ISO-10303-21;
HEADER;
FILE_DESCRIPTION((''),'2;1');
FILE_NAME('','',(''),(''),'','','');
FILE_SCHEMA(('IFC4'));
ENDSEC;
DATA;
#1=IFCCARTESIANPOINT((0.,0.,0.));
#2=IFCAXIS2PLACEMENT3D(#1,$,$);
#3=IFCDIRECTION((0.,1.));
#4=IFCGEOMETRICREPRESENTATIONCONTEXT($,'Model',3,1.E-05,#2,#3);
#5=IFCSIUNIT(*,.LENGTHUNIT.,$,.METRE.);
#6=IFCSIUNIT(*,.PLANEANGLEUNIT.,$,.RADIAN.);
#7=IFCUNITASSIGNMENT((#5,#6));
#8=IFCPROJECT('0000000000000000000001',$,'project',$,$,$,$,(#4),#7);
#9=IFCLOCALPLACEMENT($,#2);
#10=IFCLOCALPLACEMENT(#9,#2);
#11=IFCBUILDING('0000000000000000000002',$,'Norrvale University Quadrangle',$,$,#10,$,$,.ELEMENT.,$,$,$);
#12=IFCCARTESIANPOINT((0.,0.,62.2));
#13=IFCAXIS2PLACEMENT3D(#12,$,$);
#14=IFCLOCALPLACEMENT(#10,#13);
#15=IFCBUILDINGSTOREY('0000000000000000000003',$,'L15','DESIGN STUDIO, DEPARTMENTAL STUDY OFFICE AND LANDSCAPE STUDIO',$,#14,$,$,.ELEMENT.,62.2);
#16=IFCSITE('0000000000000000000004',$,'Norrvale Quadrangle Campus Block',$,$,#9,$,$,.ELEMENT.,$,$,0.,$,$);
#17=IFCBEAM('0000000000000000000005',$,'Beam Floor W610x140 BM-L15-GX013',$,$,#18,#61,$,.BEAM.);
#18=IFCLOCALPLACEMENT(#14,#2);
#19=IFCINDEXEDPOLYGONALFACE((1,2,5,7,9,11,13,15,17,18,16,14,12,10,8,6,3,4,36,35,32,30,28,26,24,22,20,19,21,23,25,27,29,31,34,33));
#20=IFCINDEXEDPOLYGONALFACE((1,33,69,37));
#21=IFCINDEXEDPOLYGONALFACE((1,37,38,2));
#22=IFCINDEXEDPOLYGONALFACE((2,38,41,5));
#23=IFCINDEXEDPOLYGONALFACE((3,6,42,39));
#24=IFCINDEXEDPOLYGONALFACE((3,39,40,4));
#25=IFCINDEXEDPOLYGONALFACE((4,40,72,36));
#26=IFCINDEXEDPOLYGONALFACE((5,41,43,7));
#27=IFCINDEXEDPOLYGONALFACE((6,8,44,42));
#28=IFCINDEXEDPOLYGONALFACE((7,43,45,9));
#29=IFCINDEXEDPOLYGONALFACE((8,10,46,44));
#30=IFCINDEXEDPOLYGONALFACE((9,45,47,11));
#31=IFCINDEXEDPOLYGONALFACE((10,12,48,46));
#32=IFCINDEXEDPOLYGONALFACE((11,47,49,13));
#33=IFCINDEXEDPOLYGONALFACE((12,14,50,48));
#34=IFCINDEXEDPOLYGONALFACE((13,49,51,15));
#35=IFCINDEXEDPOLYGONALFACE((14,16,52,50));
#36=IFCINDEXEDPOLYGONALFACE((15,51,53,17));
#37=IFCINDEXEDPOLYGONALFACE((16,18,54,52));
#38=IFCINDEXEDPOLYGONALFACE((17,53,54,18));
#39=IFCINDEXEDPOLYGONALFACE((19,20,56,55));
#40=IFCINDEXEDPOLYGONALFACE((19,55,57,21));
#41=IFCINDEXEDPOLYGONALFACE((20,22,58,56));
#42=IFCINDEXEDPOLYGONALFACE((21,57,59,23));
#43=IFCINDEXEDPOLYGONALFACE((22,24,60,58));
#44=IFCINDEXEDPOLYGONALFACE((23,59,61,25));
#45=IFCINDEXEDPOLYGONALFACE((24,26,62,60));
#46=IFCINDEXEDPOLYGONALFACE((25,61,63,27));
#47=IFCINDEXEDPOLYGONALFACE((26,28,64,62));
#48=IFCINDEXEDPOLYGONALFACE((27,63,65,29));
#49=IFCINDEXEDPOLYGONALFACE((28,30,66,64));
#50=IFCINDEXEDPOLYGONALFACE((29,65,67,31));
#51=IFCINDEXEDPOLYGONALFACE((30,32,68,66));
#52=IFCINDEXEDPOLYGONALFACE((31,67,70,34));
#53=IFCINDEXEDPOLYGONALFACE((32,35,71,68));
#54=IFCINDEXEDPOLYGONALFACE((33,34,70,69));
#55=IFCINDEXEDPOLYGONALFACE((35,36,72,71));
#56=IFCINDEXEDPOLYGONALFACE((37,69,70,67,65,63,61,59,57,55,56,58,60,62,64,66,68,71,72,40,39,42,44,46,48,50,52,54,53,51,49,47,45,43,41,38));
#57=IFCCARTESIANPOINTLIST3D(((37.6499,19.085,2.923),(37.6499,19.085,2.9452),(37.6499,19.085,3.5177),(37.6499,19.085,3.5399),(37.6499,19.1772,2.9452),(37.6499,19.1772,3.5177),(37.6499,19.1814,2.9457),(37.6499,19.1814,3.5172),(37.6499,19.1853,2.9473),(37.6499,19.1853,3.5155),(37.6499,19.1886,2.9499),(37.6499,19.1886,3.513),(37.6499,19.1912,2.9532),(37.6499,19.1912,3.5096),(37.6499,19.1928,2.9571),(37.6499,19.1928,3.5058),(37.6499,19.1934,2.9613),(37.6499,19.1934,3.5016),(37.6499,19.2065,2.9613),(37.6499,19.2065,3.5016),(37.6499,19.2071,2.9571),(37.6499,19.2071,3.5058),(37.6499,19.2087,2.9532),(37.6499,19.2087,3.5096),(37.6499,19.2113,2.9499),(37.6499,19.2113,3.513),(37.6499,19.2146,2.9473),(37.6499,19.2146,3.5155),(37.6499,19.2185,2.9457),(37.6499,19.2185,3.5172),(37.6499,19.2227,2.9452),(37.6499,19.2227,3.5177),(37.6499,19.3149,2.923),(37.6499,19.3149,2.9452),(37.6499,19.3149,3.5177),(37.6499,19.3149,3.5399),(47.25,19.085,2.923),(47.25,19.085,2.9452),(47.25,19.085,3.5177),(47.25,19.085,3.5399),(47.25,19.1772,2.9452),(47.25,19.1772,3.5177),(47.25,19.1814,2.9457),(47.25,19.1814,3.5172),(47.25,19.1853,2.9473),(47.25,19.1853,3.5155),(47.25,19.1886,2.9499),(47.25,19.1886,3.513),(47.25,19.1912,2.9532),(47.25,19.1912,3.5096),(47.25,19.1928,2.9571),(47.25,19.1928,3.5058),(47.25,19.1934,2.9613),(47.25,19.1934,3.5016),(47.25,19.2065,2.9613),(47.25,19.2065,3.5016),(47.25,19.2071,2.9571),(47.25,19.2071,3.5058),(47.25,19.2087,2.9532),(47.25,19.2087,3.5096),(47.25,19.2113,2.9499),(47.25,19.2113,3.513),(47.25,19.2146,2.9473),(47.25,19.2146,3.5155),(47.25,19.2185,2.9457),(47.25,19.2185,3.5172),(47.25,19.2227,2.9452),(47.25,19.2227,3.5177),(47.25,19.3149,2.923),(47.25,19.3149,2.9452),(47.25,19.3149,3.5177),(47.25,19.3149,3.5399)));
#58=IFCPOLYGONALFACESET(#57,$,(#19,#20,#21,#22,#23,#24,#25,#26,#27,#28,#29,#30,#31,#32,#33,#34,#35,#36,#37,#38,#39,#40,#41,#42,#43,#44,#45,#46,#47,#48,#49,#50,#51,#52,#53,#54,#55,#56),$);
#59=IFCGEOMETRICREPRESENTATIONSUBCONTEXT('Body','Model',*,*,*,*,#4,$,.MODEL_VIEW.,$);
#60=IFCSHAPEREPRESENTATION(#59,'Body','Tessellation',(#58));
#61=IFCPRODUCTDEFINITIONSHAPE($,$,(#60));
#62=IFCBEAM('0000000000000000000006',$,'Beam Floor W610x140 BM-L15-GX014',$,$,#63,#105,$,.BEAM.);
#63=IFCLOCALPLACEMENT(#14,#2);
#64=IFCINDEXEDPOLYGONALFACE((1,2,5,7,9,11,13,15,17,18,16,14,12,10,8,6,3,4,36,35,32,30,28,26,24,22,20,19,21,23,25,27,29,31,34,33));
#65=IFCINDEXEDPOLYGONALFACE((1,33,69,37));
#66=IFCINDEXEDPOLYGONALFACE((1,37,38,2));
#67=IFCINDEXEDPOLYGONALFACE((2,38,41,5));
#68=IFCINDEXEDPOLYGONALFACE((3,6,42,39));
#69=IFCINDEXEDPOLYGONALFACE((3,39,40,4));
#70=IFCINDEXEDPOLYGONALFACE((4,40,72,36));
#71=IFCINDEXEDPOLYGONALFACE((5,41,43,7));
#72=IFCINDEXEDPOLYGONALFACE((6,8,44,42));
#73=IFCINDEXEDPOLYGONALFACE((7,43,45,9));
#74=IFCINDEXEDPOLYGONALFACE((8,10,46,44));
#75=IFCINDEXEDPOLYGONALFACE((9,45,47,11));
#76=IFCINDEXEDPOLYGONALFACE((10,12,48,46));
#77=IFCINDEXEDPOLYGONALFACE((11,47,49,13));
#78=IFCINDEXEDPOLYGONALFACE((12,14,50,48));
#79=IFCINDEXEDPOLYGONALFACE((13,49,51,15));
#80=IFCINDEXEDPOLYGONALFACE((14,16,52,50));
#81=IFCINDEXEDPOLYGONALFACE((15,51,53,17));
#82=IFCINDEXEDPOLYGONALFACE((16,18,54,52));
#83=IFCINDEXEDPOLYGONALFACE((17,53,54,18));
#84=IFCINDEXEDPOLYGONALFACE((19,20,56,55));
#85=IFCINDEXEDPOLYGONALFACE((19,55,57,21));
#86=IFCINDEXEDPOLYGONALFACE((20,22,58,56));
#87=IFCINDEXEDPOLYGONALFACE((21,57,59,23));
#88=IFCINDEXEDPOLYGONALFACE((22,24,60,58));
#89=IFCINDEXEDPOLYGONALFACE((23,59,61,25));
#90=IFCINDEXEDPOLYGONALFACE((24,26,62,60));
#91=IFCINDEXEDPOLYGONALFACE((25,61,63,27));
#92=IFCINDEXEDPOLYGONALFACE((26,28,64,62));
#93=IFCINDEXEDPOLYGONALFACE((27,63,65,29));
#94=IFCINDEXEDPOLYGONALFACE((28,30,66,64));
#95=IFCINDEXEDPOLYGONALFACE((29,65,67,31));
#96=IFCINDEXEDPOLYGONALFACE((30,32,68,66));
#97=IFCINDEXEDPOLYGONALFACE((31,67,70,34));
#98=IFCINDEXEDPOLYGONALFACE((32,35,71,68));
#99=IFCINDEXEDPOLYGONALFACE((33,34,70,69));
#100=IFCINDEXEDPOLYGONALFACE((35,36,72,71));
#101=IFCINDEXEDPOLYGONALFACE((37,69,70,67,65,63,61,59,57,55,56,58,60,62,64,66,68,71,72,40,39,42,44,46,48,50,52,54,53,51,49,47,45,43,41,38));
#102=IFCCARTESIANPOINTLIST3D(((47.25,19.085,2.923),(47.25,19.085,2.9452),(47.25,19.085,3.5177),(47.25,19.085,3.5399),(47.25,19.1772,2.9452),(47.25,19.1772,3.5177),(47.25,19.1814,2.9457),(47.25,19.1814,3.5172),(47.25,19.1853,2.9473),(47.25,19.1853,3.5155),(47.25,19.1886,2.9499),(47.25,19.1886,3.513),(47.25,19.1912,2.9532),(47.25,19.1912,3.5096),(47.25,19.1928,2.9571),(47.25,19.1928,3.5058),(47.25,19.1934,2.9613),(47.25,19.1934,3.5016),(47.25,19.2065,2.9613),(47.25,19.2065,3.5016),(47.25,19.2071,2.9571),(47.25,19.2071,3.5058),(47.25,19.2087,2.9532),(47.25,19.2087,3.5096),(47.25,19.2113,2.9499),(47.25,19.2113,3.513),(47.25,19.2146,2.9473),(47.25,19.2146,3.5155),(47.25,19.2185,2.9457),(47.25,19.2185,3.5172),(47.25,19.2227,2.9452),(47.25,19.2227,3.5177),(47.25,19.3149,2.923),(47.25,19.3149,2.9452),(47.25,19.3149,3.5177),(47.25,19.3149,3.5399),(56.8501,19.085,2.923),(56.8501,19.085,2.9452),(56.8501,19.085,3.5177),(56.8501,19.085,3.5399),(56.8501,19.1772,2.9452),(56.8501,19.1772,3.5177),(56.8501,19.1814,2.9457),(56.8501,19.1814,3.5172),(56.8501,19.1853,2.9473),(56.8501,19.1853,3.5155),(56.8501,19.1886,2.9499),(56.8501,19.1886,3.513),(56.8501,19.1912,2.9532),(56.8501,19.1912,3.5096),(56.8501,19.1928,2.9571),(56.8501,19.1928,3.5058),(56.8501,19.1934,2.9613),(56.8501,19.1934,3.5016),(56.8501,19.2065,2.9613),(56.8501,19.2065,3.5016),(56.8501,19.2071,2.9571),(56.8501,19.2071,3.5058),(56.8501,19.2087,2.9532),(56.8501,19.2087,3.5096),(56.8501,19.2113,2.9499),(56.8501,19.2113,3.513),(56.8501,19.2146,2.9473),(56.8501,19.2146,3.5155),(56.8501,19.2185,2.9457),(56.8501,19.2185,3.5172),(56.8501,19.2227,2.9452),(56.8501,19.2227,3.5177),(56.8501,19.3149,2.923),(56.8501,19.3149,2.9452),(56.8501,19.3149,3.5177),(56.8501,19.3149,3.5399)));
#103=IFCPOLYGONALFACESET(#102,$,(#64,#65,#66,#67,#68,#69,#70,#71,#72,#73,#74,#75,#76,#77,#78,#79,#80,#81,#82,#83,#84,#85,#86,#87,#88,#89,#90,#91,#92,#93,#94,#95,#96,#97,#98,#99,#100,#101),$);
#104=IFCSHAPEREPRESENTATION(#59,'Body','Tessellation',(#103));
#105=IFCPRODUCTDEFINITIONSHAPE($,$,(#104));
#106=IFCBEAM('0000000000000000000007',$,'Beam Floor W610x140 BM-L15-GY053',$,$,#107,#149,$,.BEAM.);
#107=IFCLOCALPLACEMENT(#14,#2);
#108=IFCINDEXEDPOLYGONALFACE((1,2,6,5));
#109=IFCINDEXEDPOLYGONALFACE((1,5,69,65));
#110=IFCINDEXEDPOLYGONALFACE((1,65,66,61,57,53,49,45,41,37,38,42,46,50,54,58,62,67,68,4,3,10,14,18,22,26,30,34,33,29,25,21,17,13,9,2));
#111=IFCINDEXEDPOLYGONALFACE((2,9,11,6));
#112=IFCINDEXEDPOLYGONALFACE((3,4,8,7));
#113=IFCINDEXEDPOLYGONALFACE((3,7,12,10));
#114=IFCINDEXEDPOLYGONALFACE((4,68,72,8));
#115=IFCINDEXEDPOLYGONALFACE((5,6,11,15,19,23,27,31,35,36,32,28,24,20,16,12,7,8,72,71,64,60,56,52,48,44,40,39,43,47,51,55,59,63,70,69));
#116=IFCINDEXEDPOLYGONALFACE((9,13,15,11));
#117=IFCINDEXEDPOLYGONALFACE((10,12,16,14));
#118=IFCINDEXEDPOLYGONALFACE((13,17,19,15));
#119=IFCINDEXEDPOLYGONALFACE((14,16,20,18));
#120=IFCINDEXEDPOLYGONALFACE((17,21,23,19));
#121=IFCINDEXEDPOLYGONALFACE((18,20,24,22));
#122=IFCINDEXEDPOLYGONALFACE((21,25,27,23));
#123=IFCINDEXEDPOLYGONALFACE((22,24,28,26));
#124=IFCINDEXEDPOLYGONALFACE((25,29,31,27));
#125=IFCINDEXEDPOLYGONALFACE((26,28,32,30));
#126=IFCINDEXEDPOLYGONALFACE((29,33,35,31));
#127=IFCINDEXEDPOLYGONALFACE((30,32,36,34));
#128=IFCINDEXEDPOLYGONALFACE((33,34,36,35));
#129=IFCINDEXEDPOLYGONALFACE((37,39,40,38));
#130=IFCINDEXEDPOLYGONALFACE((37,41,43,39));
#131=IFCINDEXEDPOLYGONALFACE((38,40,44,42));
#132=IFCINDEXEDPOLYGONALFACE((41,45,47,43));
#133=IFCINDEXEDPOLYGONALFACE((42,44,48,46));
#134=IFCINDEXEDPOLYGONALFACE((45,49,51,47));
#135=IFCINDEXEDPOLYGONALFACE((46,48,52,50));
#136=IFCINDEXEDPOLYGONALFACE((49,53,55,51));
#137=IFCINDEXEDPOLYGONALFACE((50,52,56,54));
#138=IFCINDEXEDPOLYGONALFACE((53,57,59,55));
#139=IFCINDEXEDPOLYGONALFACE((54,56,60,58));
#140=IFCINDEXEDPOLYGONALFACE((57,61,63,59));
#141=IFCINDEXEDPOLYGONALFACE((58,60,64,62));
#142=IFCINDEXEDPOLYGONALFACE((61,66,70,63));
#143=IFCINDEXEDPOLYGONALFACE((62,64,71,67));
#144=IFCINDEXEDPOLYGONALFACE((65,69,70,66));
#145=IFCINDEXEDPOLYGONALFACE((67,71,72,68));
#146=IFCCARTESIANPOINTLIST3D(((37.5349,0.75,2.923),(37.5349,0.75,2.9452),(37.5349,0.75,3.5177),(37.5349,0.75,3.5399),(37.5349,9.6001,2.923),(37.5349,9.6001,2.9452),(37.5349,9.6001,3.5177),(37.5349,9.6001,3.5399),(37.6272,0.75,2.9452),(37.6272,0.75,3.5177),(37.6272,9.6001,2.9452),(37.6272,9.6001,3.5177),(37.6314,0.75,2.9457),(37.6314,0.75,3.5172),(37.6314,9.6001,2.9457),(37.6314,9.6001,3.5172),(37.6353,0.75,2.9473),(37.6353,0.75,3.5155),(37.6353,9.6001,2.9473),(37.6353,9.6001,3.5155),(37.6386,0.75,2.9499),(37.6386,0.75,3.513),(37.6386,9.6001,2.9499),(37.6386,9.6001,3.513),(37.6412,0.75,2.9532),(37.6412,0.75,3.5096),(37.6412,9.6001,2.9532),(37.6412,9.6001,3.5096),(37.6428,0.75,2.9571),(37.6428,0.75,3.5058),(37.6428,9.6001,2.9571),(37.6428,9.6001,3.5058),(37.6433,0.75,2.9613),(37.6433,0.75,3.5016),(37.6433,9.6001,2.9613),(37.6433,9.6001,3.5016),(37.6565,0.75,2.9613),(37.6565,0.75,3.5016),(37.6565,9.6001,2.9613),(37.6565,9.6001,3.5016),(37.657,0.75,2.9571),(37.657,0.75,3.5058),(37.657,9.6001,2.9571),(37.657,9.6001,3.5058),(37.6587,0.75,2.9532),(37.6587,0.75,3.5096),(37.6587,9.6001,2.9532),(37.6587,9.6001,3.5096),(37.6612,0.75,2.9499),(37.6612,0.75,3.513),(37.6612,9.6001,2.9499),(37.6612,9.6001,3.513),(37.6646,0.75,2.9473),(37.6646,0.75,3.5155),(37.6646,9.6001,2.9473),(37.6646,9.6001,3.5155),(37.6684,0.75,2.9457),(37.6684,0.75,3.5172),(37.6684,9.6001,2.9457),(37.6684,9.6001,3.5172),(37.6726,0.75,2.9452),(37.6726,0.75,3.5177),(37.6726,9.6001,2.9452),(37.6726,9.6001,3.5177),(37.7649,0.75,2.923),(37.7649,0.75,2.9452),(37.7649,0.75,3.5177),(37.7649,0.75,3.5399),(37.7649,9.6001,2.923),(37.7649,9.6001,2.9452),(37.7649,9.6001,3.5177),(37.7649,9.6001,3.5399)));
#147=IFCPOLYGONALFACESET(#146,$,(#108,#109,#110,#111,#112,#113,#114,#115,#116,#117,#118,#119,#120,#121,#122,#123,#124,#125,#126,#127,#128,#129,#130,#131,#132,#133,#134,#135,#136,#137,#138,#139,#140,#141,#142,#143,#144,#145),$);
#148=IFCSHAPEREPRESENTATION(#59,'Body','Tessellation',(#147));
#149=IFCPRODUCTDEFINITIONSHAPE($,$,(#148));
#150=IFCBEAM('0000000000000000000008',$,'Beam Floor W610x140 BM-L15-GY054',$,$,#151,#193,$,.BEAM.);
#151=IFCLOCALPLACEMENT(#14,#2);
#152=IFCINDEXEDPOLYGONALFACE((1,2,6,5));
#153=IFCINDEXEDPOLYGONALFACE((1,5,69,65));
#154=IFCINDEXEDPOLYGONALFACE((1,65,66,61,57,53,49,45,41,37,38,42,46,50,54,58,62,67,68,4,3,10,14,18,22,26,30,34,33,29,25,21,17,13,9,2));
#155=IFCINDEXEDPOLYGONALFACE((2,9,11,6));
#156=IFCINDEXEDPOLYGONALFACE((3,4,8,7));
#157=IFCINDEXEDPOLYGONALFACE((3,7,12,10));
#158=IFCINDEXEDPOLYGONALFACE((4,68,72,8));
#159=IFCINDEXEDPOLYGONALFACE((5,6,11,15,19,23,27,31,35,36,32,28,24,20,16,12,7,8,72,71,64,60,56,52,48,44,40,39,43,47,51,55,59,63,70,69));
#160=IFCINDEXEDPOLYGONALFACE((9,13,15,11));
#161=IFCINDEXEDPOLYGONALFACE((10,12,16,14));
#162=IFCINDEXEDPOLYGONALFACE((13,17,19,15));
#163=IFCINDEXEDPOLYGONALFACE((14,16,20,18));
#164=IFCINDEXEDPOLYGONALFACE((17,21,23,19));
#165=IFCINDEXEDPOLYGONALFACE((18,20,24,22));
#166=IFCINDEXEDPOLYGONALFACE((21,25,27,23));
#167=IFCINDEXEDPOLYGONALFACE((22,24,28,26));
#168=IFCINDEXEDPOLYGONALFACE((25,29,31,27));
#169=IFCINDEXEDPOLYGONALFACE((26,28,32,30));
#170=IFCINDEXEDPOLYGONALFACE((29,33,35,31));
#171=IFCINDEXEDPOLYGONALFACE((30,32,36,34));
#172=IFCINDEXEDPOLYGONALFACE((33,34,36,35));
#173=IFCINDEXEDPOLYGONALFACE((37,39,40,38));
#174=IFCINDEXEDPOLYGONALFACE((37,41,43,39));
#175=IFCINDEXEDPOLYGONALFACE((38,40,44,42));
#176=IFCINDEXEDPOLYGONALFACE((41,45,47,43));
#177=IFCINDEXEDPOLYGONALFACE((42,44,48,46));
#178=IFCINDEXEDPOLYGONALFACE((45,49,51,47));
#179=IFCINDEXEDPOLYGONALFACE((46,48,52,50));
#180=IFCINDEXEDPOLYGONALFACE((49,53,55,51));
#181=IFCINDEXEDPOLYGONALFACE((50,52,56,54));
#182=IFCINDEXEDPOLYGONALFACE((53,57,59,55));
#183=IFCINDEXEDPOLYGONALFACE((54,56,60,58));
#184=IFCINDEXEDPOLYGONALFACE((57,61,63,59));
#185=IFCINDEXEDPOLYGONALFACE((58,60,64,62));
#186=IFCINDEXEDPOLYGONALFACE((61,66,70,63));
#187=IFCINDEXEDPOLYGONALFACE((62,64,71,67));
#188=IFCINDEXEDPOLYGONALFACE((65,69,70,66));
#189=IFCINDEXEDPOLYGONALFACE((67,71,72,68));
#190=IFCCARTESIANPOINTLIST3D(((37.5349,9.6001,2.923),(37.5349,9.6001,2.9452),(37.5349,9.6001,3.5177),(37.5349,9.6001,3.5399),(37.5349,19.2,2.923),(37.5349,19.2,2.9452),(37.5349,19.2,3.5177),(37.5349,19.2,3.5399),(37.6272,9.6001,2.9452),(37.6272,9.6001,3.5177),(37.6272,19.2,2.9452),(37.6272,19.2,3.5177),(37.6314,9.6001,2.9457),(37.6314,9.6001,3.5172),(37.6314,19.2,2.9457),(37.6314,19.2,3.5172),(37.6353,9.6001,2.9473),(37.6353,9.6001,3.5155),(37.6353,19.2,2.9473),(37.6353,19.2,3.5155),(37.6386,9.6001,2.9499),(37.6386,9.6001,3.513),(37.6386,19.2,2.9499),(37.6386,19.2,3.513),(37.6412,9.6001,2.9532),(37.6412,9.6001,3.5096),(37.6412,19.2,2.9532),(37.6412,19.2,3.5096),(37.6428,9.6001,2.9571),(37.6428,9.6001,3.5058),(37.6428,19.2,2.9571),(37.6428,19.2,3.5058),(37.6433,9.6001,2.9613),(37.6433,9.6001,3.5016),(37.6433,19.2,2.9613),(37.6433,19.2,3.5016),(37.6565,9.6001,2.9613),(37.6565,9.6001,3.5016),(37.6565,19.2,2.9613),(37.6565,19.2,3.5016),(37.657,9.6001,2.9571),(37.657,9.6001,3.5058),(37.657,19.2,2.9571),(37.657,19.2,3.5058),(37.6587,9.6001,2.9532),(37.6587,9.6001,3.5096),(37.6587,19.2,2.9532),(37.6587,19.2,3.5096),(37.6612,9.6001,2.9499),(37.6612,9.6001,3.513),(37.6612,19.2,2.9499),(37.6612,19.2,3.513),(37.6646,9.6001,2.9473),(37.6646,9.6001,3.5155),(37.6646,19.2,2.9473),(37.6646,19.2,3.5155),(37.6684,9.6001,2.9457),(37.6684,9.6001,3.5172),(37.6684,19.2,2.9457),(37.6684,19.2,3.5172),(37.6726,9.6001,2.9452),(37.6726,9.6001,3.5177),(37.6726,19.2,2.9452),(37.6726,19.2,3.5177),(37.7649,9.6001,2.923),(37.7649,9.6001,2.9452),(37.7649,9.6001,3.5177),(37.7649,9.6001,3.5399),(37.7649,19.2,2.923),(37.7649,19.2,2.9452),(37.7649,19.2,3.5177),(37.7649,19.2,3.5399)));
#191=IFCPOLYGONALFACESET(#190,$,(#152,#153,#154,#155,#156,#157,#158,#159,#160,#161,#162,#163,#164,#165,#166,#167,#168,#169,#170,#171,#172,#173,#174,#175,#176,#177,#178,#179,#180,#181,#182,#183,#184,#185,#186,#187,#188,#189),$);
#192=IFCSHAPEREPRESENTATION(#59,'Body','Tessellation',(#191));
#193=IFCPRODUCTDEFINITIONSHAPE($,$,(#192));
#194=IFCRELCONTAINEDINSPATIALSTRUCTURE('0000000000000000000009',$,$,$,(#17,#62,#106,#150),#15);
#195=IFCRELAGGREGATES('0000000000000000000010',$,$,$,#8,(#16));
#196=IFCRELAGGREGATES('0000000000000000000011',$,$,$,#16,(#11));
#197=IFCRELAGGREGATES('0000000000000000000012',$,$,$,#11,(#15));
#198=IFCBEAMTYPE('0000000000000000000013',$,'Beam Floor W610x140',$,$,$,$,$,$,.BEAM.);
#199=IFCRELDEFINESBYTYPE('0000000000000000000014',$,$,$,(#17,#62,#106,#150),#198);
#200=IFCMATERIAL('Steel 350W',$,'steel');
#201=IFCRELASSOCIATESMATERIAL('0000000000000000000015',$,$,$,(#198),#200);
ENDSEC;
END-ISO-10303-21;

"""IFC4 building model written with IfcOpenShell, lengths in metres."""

from ifc_helpers import new_model, si_unit, direction, frame, origin, origin_2d, place, context, subcontext, project, spatial, i_section, extrude, material, material_profile, profile_set, type_object, element, save


model = new_model("IFC4")

# Units and contexts
model_context = context("Model", 3, precision=1e-05, world=origin(), true_north=direction((0.0, 1.0)))
body_context = subcontext(model_context, "Body", "Model", "MODEL_VIEW")
ifc_project = project(units=[si_unit("LENGTHUNIT", "METRE"), si_unit("PLANEANGLEUNIT", "RADIAN")], contexts=[model_context])

# Site, building, storey
site_placement = place(None, origin())
site = spatial("IfcSite", under=ifc_project, at=site_placement, Name="Norrvale Quadrangle Campus Block", CompositionType="ELEMENT", RefElevation=0.0)
building_placement = place(site_placement, origin())
building = spatial("IfcBuilding", under=site, at=building_placement, Name="Norrvale University Quadrangle", CompositionType="ELEMENT")
storey_placement = place(building_placement, frame((0.0, 0.0, 62.2)))
storey = spatial("IfcBuildingStorey", under=building, at=storey_placement, Name="L15", Description="DESIGN STUDIO, DEPARTMENTAL STUDY OFFICE AND LANDSCAPE STUDIO", CompositionType="ELEMENT", Elevation=62.2)

# Beams
ifc_material_1 = material(Name="Steel 350W", Category="steel")
ifc_material_profile_1 = material_profile(ifc_material_1, i_section(OverallWidth=0.23, OverallDepth=0.6169, WebThickness=0.0132, FlangeThickness=0.0222, FilletRadius=0.0161, at=origin_2d()), Name="Steel 350W")
ifc_profile_set_1 = profile_set([ifc_material_profile_1], Name="Steel 350W")
beam_type_1 = type_object("IfcBeamType", Name="Beam Floor W610x140", PredefinedType="BEAM", material=ifc_profile_set_1)
for number, where, z_axis, x_axis, name in (
    (1, (37.6499, 19.2, 3.2314), (1.0, 0.0, 0.0), (0.0, 1.0, 0.0), "Beam Floor W610x140 BM-L15-GX013"),
    (2, (47.25, 19.2, 3.2314), (1.0, 0.0, 0.0), (0.0, 1.0, 0.0), "Beam Floor W610x140 BM-L15-GX014"),
):
    element("IfcBeam", number, at=place(storey_placement, frame(where, z_axis=z_axis, x_axis=x_axis)), inside=storey, type_object=beam_type_1, Name=name, PredefinedType="BEAM", context=body_context, shape_type="SweptSolid", body=[
        extrude(i_section(OverallWidth=0.23, OverallDepth=0.6169, WebThickness=0.0132, FlangeThickness=0.0222, FilletRadius=0.0161, at=origin_2d()), origin(), (0.0, 0.0, 1.0), 9.6001),
    ])
beam_1_placement = place(storey_placement, frame((37.6499, 0.75, 3.2314), z_axis=(0.0, 1.0, 0.0), x_axis=(-1.0, 0.0, 0.0)))
element("IfcBeam", 3, at=beam_1_placement, inside=storey, type_object=beam_type_1, Name="Beam Floor W610x140 BM-L15-GY053", PredefinedType="BEAM", context=body_context, shape_type="SweptSolid", body=[
    extrude(i_section(OverallWidth=0.23, OverallDepth=0.6169, WebThickness=0.0132, FlangeThickness=0.0222, FilletRadius=0.0161, at=origin_2d()), origin(), (0.0, 0.0, 1.0), 8.8501),
])
beam_2_placement = place(storey_placement, frame((37.6499, 9.6001, 3.2314), z_axis=(0.0, 1.0, 0.0), x_axis=(-1.0, 0.0, 0.0)))
element("IfcBeam", 4, at=beam_2_placement, inside=storey, type_object=beam_type_1, Name="Beam Floor W610x140 BM-L15-GY054", PredefinedType="BEAM", context=body_context, shape_type="SweptSolid", body=[
    extrude(i_section(OverallWidth=0.23, OverallDepth=0.6169, WebThickness=0.0132, FlangeThickness=0.0222, FilletRadius=0.0161, at=origin_2d()), origin(), (0.0, 0.0, 1.0), 9.5999),
])

save(model, "model.ifc")
